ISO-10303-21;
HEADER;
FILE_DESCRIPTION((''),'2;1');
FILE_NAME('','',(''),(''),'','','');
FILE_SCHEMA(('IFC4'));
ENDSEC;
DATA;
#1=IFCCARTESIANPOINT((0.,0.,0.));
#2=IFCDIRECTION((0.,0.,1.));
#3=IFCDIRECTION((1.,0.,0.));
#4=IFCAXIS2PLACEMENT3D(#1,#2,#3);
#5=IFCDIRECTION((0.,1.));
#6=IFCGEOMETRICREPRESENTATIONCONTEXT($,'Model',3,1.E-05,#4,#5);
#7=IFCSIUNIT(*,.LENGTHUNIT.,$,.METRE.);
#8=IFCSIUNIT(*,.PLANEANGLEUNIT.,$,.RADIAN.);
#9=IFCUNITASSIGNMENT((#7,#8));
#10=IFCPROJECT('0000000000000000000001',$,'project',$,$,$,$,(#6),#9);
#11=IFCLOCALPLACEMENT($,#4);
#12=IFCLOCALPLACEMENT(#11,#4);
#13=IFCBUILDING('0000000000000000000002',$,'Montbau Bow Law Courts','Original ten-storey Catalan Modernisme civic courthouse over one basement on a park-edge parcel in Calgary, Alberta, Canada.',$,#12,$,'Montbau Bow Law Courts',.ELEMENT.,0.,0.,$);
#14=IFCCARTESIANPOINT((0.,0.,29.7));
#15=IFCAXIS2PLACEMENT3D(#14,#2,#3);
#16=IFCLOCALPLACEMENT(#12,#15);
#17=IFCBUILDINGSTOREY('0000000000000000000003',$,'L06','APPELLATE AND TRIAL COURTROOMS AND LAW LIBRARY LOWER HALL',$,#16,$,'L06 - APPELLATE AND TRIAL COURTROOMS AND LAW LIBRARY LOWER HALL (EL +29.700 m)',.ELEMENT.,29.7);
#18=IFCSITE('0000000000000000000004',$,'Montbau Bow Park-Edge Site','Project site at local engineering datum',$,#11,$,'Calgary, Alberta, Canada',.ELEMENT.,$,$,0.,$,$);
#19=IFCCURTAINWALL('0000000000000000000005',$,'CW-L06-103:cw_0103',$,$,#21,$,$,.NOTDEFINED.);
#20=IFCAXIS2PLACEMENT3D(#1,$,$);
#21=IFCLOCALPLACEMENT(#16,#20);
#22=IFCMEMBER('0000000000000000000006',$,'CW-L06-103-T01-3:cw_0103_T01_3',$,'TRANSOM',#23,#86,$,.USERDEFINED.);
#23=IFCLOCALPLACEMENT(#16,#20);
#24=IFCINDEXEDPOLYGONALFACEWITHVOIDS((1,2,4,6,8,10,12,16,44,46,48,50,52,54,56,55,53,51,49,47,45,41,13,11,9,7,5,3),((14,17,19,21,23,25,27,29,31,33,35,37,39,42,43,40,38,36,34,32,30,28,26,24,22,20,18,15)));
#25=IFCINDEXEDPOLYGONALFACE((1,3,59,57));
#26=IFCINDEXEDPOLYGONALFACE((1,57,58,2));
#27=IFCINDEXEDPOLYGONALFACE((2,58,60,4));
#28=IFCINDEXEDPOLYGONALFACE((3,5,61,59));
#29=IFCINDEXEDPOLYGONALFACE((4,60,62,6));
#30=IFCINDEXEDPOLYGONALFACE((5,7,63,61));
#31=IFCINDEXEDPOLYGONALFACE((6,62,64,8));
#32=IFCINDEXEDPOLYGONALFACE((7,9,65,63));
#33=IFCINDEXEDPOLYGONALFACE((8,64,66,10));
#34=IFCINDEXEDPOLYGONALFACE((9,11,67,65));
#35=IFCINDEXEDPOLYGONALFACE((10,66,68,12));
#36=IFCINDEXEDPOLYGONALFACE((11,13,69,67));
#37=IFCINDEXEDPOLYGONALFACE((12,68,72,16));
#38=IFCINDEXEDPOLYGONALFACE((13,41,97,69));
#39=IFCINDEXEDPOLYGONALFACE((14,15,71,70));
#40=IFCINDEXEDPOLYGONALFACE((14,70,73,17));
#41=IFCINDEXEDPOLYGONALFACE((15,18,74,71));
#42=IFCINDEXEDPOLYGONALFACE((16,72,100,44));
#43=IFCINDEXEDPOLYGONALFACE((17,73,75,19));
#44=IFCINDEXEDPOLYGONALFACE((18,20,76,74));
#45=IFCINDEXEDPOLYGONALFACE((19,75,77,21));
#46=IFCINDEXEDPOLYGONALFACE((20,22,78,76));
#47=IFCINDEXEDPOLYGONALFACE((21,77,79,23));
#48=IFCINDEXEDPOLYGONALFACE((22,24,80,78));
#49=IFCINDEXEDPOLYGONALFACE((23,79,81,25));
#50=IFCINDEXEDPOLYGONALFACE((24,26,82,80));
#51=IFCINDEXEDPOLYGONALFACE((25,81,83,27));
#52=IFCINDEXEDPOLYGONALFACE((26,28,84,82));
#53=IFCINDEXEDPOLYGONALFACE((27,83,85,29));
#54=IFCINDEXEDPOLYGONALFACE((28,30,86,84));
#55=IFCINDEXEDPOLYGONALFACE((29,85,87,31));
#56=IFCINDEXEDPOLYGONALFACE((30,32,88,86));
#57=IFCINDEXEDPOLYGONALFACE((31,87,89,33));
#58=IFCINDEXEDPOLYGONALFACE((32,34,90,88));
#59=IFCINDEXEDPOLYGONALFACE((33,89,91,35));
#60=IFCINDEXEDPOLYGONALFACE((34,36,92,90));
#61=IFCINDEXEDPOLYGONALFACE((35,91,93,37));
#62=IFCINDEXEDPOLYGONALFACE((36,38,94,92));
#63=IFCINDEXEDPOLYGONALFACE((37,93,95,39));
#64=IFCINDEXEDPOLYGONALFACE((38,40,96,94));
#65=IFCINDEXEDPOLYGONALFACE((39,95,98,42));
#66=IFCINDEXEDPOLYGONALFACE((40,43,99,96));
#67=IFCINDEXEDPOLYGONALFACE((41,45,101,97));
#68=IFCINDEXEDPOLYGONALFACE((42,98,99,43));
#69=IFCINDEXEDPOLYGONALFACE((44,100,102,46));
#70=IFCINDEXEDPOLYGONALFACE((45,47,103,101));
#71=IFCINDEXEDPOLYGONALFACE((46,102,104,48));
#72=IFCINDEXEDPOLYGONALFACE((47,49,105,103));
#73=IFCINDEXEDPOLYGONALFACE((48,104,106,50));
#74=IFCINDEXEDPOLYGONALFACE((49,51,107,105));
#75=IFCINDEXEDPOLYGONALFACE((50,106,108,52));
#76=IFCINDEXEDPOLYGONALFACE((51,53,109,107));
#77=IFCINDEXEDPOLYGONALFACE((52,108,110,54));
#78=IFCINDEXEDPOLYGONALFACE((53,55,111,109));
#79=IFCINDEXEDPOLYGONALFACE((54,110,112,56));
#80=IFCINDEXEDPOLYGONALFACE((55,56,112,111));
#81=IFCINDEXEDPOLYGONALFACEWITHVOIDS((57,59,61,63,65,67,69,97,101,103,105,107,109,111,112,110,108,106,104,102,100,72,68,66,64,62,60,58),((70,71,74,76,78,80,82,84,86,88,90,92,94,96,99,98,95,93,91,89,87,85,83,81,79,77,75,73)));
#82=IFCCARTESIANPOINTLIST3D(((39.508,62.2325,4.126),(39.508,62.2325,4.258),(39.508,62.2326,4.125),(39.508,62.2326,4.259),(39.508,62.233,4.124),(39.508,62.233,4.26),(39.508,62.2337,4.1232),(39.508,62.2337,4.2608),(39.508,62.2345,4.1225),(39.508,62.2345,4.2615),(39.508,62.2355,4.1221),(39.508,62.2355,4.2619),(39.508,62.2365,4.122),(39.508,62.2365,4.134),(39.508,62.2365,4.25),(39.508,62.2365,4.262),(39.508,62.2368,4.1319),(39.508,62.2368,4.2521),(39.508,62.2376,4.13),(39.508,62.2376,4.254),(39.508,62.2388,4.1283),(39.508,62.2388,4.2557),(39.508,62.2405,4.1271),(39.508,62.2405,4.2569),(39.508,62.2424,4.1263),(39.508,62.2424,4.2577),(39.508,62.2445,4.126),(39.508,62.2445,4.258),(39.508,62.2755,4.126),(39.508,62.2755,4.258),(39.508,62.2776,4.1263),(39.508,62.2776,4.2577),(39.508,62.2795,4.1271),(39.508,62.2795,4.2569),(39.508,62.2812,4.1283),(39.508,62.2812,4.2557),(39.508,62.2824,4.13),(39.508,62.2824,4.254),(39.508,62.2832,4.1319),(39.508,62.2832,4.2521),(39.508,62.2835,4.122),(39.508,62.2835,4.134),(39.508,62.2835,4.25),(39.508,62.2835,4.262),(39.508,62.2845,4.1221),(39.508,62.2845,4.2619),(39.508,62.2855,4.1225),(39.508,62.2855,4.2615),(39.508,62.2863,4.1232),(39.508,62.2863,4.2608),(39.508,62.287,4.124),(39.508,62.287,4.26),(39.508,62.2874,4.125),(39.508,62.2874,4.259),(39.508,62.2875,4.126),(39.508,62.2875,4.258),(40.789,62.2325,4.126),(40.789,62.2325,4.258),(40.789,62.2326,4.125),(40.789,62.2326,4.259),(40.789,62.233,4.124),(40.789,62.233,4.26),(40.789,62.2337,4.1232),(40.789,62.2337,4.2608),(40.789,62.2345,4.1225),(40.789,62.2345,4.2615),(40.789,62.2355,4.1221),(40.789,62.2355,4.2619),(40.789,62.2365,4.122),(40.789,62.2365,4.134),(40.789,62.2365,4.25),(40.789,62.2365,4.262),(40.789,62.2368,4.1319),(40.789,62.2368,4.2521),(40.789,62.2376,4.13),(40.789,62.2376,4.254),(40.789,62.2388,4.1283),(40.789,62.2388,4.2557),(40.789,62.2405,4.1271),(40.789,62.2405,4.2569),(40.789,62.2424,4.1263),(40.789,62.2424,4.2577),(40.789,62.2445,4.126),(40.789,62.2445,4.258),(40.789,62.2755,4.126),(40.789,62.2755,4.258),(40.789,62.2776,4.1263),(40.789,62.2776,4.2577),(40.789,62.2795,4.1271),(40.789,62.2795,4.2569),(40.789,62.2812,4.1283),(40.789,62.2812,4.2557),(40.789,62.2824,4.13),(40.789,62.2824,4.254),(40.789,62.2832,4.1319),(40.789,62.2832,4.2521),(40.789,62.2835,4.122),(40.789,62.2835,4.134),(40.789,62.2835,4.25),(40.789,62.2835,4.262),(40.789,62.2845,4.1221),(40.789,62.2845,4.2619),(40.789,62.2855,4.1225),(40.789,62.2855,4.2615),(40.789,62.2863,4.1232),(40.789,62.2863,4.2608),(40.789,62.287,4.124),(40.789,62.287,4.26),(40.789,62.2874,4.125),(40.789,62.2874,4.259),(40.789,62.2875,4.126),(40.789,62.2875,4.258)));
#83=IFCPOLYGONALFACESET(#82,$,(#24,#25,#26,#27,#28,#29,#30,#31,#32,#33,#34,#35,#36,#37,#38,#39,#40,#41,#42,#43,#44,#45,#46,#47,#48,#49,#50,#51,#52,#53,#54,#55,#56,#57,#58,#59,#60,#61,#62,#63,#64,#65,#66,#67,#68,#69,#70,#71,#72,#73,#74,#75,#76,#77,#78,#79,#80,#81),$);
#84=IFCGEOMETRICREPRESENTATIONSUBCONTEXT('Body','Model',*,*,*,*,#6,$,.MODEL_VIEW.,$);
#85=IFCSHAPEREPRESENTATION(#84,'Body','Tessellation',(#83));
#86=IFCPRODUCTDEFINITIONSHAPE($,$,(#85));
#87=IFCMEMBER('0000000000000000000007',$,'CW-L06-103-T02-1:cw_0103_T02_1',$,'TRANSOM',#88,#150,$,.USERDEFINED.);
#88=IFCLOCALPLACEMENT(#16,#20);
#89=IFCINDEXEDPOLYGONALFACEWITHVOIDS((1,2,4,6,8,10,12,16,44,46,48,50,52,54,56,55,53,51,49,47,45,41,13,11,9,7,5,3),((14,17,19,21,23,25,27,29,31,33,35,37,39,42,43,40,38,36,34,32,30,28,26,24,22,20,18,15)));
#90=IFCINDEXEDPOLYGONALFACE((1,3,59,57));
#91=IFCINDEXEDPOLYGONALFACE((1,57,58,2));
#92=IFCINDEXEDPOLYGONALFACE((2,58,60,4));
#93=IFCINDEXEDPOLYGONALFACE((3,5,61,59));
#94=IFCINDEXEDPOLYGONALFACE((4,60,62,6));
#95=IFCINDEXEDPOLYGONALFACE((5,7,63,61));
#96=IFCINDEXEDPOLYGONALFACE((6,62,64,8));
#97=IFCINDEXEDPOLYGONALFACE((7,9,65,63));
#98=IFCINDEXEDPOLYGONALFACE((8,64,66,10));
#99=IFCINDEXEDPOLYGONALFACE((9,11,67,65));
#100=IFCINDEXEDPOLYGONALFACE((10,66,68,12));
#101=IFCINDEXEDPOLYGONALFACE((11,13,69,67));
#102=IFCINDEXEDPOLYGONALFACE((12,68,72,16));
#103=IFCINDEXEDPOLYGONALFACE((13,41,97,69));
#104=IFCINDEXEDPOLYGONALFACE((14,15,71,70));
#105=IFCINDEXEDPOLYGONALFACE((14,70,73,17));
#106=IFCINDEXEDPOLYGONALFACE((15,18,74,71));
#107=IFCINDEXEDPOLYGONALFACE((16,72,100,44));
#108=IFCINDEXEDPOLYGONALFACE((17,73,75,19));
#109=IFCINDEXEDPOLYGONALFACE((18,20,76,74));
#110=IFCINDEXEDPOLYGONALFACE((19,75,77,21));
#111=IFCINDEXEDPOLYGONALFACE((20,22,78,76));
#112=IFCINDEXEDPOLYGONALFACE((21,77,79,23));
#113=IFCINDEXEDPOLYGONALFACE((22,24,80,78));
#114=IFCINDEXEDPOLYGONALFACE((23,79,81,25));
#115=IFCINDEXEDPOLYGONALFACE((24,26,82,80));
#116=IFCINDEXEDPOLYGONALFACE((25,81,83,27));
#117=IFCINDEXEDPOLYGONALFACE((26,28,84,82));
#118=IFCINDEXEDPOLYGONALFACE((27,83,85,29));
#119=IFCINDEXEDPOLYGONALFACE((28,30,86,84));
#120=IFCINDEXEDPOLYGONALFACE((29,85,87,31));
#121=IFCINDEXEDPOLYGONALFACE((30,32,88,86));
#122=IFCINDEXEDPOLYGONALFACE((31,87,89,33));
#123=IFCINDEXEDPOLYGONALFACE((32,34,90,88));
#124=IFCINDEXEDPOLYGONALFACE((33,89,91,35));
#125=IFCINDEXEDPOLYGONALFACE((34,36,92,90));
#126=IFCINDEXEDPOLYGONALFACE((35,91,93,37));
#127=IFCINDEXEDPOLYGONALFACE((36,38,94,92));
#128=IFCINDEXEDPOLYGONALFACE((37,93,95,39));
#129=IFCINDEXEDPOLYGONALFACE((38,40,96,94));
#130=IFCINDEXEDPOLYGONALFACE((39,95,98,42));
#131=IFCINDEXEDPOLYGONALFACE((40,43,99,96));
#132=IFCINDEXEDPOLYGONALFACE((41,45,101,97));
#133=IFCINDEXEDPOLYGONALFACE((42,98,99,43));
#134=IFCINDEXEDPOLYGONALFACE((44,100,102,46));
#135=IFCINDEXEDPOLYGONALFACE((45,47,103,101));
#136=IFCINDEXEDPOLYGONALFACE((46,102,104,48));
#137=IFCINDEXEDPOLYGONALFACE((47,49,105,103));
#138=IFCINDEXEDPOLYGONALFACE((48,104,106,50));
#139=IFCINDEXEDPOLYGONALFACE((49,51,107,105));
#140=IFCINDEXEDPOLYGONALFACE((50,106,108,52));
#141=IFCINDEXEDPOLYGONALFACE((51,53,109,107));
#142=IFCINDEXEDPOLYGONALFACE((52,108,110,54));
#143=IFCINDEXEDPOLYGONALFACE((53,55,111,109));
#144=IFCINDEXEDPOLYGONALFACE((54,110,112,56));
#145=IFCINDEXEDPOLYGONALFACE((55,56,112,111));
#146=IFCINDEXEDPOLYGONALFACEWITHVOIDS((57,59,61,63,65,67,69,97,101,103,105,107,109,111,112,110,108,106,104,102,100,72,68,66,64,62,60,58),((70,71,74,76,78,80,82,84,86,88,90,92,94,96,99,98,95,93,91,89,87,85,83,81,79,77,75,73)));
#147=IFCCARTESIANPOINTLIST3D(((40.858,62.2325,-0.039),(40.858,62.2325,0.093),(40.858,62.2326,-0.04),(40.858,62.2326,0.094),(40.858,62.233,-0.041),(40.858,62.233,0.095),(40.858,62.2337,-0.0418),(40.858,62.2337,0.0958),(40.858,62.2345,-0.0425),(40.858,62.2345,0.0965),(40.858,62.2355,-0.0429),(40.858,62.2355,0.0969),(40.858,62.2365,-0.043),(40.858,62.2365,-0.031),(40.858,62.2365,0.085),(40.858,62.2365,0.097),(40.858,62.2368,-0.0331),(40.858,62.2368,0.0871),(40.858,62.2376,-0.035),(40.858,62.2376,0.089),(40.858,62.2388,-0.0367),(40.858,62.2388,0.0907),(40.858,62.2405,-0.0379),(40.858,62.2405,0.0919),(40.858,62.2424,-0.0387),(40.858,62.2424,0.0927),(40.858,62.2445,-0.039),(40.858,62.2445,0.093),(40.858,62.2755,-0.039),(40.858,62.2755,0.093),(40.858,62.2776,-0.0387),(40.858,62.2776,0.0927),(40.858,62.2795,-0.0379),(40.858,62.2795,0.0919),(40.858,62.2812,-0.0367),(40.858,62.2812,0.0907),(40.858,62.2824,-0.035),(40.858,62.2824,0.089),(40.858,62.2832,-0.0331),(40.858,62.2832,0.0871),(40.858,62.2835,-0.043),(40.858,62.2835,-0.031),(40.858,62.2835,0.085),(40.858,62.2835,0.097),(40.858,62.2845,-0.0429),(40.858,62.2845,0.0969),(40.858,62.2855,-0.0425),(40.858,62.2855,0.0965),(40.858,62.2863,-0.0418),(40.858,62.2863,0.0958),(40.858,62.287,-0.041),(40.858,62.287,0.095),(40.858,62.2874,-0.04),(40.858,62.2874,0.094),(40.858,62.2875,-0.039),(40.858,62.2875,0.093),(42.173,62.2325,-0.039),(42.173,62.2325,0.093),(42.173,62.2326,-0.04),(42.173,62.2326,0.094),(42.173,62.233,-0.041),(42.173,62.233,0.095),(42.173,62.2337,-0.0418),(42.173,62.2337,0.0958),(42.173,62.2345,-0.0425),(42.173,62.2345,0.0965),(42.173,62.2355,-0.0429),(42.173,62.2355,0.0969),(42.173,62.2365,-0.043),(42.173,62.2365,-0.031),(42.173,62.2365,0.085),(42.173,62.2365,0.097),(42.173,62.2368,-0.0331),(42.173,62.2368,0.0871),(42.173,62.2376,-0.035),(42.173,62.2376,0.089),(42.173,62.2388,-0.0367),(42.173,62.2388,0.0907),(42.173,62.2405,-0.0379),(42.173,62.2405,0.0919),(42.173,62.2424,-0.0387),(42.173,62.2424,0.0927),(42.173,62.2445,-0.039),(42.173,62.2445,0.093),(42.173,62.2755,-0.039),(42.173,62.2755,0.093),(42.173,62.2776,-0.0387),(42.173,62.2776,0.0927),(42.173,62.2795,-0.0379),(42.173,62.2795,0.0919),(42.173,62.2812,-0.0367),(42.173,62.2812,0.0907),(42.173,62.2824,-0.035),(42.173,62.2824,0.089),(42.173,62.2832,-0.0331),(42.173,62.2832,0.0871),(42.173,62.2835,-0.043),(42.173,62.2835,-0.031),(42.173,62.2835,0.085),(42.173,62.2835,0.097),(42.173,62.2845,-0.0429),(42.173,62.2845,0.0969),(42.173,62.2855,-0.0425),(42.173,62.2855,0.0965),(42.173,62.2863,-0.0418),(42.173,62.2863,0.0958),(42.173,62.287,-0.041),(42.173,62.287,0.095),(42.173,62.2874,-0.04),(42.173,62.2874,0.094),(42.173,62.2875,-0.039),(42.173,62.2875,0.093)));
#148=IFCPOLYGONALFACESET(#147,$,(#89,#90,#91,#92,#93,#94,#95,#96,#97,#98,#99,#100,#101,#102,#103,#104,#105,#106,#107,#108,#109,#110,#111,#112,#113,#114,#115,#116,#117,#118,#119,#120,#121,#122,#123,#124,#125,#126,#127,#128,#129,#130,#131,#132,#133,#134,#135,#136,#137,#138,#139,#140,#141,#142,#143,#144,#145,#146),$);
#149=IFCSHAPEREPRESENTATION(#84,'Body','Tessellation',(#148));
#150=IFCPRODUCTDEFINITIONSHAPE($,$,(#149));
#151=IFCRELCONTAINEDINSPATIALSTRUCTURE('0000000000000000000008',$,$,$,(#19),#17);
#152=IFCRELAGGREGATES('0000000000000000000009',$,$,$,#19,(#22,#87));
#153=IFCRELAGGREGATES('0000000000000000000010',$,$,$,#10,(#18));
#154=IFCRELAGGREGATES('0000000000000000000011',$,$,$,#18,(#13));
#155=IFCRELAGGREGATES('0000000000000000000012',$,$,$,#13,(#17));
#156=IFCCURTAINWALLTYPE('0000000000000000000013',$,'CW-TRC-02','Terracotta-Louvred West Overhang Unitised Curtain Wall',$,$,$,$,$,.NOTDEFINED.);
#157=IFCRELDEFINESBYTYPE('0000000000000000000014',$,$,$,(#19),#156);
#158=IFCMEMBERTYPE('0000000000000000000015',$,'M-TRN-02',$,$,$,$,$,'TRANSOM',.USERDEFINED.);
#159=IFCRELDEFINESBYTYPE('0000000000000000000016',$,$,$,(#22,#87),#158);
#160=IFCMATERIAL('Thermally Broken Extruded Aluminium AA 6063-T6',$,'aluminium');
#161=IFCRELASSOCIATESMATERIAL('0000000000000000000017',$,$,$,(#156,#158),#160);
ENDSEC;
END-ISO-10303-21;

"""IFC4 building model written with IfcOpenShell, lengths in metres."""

from ifc_helpers import new_model, si_unit, direction, frame, origin_with_axes, origin_2d_with_axis, place, context, subcontext, project, spatial, hollow_rectangle, extrude, material, material_profile, profile_set, type_object, element, aggregate, save


model = new_model("IFC4")

# Units and contexts
model_context = context("Model", 3, precision=1e-05, world=origin_with_axes(), true_north=direction((0.0, 1.0)))
body_context = subcontext(model_context, "Body", "Model", "MODEL_VIEW")
ifc_project = project(units=[si_unit("LENGTHUNIT", "METRE"), si_unit("PLANEANGLEUNIT", "RADIAN")], contexts=[model_context])

# Site, building, storey
site_placement = place(None, origin_with_axes())
site = spatial("IfcSite", under=ifc_project, at=site_placement, Name="Montbau Bow Park-Edge Site", Description="Project site at local engineering datum", LongName="Calgary, Alberta, Canada", CompositionType="ELEMENT", RefElevation=0.0)
building_placement = place(site_placement, origin_with_axes())
building = spatial("IfcBuilding", under=site, at=building_placement, Name="Montbau Bow Law Courts", Description="Original ten-storey Catalan Modernisme civic courthouse over one basement on a park-edge parcel in Calgary, Alberta, Canada.", LongName="Montbau Bow Law Courts", CompositionType="ELEMENT", ElevationOfRefHeight=0.0, ElevationOfTerrain=0.0)
storey_placement = place(building_placement, frame((0.0, 0.0, 29.7), z_axis=(0.0, 0.0, 1.0), x_axis=(1.0, 0.0, 0.0)))
storey = spatial("IfcBuildingStorey", under=building, at=storey_placement, Name="L06", Description="APPELLATE AND TRIAL COURTROOMS AND LAW LIBRARY LOWER HALL", LongName="L06 - APPELLATE AND TRIAL COURTROOMS AND LAW LIBRARY LOWER HALL (EL +29.700 m)", CompositionType="ELEMENT", Elevation=29.7)

# Curtain wall, members
ifc_material_1 = material(Name="Thermally Broken Extruded Aluminium AA 6063-T6", Category="aluminium")
curtain_wall_type = type_object("IfcCurtainWallType", Name="CW-TRC-02", Description="Terracotta-Louvred West Overhang Unitised Curtain Wall", PredefinedType="NOTDEFINED", material=ifc_material_1)
curtain_wall_placement = place(None, frame((39.44, 62.26, 29.7), z_axis=(0.0, 0.0, 1.0), x_axis=(1.0, 0.0, 0.0)))
curtain_wall = element("IfcCurtainWall", 1, at=curtain_wall_placement, inside=storey, type_object=curtain_wall_type, Name="CW-L06-103:cw_0103", PredefinedType="NOTDEFINED")
ifc_material_profile_1 = material_profile(ifc_material_1, hollow_rectangle(XDim=0.055, YDim=0.14, WallThickness=0.004, InnerFilletRadius=0.008, OuterFilletRadius=0.004, at=origin_2d_with_axis()), Name="CWT-140X55", Category="Main", Priority=0)
ifc_profile_set_1 = profile_set([ifc_material_profile_1], Name="Thermally Broken Extruded Aluminium AA 6063-T6")
member_type_1 = type_object("IfcMemberType", Name="M-TRN-02", ElementType="TRANSOM", PredefinedType="USERDEFINED", material=ifc_profile_set_1)
member_1_placement = place(None, frame((39.508, 62.26, 33.892), z_axis=(1.0, 0.0, 0.0), x_axis=(0.0, 1.0, 0.0)))
member_1 = element("IfcMember", 2, at=member_1_placement, type_object=member_type_1, Name="CW-L06-103-T01-3:cw_0103_T01_3", ObjectType="TRANSOM", PredefinedType="USERDEFINED", context=body_context, shape_type="SweptSolid", body=[
    extrude(hollow_rectangle(XDim=0.055, YDim=0.14, WallThickness=0.004, InnerFilletRadius=0.008, OuterFilletRadius=0.004, at=origin_2d_with_axis()), origin_with_axes(), (0.0, 0.0, 1.0), 1.281),
])
member_2_placement = place(None, frame((40.858, 62.26, 29.727), z_axis=(1.0, 0.0, 0.0), x_axis=(0.0, 1.0, 0.0)))
member_2 = element("IfcMember", 3, at=member_2_placement, type_object=member_type_1, Name="CW-L06-103-T02-1:cw_0103_T02_1", ObjectType="TRANSOM", PredefinedType="USERDEFINED", context=body_context, shape_type="SweptSolid", body=[
    extrude(hollow_rectangle(XDim=0.055, YDim=0.14, WallThickness=0.004, InnerFilletRadius=0.008, OuterFilletRadius=0.004, at=origin_2d_with_axis()), origin_with_axes(), (0.0, 0.0, 1.0), 1.315),
])
aggregate(curtain_wall, [member_1, member_2])

save(model, "model.ifc")
